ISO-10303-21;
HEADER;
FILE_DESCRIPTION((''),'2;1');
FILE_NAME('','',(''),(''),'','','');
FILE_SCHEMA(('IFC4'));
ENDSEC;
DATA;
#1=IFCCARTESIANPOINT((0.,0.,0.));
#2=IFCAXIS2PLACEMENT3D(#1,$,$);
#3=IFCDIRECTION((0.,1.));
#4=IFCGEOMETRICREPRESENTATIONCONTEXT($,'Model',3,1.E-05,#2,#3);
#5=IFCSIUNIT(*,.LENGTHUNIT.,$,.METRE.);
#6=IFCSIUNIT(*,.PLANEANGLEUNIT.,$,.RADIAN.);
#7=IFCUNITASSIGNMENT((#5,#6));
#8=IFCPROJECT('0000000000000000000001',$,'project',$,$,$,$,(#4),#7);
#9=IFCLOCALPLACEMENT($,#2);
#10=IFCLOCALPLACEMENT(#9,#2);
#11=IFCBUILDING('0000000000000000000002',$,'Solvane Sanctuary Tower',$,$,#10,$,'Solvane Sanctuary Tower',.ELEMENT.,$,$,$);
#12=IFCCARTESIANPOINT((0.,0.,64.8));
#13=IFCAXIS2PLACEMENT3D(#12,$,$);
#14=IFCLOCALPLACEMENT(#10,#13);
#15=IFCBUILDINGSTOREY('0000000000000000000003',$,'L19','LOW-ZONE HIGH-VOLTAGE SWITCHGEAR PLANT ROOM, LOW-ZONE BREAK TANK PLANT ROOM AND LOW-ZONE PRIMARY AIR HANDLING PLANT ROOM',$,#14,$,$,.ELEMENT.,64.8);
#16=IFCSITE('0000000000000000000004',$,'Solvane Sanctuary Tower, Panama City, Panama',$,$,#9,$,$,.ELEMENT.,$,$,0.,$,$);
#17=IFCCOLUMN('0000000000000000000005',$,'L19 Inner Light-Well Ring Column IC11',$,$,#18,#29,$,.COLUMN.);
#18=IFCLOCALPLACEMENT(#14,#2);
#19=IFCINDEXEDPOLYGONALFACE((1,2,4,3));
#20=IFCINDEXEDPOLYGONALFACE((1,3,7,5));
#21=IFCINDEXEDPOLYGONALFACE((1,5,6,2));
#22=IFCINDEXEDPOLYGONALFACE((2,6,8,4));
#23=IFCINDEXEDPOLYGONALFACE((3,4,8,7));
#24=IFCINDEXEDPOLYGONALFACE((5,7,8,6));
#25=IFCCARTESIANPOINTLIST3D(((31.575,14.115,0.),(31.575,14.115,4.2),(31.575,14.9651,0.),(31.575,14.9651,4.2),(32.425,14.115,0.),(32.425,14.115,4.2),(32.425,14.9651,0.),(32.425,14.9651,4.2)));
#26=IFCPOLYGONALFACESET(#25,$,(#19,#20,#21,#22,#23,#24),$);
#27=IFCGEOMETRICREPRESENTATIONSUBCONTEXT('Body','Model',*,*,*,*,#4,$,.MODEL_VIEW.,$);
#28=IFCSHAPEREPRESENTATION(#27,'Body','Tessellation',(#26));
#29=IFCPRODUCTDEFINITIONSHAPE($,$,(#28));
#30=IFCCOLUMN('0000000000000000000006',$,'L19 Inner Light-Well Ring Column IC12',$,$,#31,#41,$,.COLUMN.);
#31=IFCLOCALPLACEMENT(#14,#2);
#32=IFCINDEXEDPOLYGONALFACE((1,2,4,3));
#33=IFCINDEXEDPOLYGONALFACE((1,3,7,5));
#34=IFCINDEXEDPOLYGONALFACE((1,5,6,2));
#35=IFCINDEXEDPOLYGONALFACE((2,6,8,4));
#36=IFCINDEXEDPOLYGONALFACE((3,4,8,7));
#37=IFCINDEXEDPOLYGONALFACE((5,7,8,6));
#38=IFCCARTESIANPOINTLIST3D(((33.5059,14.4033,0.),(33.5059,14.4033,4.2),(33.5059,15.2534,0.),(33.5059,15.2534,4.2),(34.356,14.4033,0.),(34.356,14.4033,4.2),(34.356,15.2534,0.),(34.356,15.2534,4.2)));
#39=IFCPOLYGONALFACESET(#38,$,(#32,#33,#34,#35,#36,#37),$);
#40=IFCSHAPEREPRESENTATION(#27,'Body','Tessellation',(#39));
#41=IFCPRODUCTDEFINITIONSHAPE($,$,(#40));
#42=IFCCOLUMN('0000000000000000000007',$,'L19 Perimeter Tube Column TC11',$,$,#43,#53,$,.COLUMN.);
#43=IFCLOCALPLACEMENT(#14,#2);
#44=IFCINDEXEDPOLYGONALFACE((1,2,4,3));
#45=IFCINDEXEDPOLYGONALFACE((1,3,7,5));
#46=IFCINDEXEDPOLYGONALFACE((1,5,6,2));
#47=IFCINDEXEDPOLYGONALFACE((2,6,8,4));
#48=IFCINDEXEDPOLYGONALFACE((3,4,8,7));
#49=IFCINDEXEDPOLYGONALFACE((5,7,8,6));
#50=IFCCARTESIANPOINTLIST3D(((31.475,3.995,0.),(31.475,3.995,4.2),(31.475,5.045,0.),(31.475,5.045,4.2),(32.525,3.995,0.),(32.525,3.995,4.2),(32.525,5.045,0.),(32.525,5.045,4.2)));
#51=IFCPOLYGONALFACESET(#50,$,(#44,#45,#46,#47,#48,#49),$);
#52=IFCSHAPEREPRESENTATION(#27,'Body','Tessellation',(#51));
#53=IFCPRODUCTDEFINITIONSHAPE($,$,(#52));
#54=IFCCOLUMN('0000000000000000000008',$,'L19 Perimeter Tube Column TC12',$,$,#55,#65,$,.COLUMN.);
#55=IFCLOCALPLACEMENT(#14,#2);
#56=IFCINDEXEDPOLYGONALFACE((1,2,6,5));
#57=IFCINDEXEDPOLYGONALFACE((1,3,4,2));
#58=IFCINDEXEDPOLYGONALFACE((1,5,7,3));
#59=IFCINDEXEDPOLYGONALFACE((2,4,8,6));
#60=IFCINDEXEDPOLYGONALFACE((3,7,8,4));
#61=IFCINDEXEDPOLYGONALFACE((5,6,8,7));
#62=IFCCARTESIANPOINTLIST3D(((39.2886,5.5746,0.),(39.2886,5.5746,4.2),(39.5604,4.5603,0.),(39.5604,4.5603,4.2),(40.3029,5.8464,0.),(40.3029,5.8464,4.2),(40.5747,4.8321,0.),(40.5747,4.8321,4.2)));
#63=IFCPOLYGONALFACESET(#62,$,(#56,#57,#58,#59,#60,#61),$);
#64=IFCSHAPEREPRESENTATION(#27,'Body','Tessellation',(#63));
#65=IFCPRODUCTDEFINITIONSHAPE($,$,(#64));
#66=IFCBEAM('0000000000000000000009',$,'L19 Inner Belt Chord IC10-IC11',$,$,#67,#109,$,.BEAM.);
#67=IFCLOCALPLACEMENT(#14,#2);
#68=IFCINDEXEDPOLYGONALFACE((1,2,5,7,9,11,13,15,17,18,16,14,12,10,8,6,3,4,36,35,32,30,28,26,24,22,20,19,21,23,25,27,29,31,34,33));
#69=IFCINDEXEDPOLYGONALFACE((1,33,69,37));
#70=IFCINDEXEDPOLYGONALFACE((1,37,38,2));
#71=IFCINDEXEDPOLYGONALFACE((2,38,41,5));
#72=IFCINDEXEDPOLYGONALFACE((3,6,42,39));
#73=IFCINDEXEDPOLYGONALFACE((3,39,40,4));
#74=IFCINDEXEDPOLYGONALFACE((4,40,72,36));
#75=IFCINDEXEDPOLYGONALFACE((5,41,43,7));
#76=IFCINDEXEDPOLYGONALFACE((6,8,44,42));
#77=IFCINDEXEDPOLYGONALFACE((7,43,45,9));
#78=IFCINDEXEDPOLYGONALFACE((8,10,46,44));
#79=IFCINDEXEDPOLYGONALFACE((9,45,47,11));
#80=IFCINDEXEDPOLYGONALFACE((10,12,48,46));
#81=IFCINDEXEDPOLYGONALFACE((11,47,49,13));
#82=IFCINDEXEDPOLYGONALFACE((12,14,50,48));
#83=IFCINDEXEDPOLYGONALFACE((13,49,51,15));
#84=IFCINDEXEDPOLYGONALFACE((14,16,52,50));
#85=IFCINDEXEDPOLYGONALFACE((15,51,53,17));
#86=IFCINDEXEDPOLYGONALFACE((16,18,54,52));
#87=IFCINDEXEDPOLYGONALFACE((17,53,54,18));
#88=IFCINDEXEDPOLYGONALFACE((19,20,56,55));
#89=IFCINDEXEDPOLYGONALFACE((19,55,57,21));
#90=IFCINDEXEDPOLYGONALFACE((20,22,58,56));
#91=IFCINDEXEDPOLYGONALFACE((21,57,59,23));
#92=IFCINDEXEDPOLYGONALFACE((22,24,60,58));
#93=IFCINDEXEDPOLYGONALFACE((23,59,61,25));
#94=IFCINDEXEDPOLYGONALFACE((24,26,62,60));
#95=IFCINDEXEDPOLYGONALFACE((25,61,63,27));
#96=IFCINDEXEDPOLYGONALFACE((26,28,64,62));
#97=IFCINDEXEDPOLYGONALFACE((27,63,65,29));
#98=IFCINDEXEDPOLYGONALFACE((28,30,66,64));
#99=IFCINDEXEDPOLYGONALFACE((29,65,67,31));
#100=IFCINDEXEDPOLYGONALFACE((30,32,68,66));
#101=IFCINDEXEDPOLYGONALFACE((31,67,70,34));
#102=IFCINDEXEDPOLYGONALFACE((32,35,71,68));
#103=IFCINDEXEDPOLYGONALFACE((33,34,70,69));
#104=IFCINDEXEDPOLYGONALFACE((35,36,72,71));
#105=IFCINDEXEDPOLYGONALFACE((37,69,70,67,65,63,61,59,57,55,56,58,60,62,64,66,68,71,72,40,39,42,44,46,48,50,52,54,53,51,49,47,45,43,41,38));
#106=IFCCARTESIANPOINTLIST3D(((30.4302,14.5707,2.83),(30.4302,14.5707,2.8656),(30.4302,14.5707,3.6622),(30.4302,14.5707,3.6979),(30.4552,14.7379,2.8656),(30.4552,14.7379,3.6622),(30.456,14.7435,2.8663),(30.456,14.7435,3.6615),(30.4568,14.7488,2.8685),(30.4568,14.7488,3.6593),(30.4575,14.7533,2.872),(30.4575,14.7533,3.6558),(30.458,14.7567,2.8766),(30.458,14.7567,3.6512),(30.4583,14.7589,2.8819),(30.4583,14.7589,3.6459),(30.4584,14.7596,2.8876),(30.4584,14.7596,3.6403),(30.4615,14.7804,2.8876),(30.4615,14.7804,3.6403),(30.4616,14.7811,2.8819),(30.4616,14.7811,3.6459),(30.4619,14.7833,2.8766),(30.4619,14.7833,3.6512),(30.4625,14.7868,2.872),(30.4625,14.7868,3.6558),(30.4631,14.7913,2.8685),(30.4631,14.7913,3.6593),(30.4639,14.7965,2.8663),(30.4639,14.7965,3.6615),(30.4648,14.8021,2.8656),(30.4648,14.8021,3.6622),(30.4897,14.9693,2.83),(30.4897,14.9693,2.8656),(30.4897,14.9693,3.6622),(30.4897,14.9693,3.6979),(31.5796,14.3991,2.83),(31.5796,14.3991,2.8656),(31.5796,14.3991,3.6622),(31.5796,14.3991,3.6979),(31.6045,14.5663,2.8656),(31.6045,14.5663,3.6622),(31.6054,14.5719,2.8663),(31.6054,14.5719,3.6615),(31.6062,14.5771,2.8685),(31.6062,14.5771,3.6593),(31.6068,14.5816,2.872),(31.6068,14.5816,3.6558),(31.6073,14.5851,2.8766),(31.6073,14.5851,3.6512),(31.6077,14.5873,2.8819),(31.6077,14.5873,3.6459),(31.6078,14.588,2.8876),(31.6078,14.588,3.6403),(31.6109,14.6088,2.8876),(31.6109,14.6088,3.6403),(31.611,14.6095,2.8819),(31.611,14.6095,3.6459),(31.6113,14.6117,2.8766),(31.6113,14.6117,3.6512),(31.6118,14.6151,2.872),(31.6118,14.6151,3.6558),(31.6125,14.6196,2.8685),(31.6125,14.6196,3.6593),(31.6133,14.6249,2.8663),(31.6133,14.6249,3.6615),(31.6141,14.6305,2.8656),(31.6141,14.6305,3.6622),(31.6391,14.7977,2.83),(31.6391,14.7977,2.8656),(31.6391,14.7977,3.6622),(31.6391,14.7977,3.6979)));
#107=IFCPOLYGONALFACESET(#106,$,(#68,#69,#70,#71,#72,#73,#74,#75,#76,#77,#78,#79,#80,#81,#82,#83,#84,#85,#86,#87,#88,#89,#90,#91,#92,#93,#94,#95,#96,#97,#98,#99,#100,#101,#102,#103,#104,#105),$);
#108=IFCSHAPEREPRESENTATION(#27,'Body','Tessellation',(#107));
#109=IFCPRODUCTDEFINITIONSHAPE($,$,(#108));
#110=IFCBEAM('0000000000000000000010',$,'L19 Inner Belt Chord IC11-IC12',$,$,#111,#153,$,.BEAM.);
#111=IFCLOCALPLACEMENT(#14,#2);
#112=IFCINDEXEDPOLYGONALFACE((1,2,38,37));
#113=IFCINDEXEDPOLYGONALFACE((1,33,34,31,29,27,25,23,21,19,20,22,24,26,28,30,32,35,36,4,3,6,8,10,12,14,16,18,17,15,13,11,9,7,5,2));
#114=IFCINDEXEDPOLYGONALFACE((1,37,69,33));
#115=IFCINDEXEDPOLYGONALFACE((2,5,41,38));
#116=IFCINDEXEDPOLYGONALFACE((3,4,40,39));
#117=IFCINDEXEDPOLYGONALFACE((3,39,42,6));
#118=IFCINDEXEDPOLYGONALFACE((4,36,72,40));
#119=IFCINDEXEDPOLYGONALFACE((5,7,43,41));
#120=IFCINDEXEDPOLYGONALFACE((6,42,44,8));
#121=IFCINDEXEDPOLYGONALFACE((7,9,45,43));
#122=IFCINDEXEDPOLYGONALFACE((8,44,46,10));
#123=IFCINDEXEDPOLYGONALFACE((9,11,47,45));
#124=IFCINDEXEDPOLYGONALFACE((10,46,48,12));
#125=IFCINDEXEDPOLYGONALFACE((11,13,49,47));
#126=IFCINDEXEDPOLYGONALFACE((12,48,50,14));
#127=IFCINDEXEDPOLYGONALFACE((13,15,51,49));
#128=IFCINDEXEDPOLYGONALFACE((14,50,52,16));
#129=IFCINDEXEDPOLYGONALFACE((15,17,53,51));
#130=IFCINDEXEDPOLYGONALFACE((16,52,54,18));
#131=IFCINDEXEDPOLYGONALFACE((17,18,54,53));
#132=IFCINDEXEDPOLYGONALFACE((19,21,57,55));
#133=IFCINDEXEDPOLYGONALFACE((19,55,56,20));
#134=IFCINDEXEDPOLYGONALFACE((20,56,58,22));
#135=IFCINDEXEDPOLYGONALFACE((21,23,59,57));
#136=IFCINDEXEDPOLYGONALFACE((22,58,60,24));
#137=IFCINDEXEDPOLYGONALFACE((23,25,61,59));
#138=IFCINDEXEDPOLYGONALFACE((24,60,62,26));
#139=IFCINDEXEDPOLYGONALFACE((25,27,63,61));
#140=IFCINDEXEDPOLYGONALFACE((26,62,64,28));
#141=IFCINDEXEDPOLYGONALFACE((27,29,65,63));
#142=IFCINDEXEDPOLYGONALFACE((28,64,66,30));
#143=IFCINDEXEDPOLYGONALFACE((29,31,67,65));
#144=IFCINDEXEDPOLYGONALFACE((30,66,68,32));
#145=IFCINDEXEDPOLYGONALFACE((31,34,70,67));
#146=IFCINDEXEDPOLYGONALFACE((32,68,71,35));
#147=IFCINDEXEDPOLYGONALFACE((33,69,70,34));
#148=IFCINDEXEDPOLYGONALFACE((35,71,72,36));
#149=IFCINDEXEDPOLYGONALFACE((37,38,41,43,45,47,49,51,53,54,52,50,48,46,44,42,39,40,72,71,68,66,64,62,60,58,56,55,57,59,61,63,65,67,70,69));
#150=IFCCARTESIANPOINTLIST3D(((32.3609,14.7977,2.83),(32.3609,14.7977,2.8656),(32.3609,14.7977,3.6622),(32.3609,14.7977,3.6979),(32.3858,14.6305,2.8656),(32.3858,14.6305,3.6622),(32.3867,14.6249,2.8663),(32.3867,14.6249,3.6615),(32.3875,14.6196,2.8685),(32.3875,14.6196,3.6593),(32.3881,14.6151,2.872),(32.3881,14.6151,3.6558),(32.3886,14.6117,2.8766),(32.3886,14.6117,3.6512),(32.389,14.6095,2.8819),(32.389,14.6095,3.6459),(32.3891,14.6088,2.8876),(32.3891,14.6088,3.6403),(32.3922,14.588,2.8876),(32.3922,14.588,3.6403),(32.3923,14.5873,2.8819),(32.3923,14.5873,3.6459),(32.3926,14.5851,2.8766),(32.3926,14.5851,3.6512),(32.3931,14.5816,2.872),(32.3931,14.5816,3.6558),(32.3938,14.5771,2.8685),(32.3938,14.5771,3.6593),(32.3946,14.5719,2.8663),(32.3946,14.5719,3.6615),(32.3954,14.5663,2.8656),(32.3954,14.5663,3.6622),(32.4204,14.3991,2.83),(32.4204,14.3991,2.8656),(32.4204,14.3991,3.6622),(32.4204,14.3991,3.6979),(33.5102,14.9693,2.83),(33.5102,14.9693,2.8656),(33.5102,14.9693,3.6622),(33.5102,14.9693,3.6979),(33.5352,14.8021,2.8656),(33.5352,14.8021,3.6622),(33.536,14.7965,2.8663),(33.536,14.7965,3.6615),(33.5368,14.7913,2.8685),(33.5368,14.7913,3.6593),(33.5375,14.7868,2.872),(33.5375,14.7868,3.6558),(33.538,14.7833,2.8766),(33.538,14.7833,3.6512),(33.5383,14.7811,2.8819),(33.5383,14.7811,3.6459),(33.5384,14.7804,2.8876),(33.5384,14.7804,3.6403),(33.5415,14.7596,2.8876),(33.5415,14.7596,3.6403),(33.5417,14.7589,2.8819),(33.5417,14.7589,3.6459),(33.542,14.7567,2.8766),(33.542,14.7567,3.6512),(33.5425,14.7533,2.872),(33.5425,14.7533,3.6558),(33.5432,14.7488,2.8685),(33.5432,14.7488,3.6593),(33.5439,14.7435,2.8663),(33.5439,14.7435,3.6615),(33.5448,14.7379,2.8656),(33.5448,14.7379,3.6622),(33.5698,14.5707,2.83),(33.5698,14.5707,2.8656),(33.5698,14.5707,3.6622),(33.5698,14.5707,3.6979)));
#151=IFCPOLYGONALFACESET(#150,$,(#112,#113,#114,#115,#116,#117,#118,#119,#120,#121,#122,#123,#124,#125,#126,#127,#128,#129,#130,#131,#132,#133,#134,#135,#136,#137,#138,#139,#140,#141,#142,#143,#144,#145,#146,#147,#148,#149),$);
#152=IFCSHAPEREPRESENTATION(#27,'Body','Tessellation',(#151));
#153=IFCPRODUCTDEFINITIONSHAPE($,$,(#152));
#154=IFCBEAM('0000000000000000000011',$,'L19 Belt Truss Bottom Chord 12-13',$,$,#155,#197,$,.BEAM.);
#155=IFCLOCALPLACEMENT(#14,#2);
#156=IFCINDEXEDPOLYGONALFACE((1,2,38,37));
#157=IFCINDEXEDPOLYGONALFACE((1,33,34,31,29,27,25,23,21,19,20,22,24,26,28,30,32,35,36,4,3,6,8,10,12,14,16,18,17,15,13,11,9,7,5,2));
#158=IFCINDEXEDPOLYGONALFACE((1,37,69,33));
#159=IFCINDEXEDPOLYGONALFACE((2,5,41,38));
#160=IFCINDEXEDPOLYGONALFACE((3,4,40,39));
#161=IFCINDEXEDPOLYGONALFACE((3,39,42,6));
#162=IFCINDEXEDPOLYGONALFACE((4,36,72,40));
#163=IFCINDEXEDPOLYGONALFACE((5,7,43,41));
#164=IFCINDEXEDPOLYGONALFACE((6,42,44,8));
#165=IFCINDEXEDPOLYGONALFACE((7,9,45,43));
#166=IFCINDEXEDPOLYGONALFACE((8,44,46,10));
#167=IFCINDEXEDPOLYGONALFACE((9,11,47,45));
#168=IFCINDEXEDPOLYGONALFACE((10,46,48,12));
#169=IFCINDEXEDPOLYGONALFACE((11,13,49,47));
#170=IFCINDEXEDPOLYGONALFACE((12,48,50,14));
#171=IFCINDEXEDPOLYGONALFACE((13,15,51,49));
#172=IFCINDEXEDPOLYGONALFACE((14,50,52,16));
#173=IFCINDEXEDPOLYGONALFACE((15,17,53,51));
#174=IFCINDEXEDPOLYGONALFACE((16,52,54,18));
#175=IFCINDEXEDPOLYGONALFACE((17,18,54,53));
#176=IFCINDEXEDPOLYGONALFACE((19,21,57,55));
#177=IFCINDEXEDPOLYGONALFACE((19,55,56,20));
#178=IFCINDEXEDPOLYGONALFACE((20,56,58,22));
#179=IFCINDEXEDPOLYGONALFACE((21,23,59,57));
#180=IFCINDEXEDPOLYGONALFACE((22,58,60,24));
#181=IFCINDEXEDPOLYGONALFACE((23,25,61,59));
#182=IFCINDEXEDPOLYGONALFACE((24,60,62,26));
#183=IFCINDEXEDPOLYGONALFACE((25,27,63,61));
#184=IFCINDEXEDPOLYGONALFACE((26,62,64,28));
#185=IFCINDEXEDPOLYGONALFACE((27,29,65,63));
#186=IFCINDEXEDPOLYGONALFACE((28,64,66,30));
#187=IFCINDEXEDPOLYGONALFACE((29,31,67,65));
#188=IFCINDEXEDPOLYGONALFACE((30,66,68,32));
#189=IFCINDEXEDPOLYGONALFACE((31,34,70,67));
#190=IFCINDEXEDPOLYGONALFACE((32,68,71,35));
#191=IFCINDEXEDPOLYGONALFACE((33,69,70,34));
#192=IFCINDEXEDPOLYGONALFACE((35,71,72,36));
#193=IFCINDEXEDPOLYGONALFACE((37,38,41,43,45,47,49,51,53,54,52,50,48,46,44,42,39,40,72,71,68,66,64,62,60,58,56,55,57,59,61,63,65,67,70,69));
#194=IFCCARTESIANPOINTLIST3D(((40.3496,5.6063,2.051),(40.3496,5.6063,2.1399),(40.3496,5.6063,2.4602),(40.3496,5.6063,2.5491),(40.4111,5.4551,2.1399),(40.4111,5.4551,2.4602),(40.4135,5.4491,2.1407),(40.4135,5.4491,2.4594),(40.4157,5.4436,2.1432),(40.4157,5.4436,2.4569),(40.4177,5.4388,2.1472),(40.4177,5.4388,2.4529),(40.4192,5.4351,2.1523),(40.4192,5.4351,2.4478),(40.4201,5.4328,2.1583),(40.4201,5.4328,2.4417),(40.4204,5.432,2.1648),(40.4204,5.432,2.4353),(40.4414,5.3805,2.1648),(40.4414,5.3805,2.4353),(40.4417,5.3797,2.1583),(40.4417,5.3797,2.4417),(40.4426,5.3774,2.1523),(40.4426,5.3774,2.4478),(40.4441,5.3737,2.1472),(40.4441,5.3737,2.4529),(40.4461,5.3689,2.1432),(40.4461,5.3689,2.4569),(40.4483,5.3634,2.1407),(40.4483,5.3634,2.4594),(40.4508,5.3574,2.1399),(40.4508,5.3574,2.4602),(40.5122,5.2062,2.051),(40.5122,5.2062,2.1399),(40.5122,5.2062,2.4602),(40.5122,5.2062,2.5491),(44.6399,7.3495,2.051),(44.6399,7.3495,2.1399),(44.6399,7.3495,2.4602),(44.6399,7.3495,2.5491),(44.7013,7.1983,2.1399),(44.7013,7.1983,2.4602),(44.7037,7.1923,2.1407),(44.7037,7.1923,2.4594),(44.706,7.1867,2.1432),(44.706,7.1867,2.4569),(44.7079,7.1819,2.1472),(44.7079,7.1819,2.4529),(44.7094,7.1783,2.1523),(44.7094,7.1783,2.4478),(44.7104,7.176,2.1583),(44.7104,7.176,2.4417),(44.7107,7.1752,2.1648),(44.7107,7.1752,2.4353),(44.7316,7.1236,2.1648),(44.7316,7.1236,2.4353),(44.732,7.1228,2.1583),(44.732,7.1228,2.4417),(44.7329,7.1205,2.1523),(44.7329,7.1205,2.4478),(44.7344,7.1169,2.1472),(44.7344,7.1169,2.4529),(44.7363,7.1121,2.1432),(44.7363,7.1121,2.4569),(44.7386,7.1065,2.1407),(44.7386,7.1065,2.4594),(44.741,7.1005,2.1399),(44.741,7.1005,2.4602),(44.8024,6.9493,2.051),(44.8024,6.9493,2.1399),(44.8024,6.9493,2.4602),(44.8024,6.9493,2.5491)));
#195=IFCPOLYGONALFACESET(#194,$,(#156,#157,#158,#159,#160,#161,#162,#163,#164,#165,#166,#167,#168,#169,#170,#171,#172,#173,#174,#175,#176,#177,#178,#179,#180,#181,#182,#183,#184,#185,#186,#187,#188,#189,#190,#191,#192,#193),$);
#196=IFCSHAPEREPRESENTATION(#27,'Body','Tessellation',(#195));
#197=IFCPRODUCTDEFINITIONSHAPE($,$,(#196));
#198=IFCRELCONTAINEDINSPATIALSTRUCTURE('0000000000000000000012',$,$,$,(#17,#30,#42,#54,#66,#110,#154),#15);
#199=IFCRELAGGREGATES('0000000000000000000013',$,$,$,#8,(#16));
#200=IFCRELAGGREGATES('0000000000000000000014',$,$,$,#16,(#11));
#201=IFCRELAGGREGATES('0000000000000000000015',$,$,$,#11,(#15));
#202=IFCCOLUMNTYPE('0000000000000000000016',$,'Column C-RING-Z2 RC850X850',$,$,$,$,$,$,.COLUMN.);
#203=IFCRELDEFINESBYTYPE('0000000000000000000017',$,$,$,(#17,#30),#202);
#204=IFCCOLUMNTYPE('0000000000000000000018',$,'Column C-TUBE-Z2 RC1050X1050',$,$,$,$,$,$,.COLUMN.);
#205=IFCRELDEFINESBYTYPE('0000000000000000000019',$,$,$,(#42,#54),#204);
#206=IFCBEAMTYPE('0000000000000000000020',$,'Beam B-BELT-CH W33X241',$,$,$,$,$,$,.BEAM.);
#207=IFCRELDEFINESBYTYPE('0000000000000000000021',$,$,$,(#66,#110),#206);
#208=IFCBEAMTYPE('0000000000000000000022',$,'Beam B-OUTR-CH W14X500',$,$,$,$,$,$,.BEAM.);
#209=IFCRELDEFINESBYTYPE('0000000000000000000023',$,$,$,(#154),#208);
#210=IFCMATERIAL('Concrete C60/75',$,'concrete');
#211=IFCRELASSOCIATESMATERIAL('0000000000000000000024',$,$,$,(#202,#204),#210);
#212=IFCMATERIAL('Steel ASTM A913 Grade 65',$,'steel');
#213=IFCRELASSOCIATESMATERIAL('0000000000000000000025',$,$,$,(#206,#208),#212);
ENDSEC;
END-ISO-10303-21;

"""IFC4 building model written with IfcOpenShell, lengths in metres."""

from ifc_helpers import new_model, si_unit, direction, frame, origin, origin_2d, place, context, subcontext, project, spatial, rectangle, i_section, extrude, material, material_profile, profile_set, type_object, element, save


model = new_model("IFC4")

# Units and contexts
model_context = context("Model", 3, precision=1e-05, world=origin(), true_north=direction((0.0, 1.0)))
body_context = subcontext(model_context, "Body", "Model", "MODEL_VIEW")
ifc_project = project(units=[si_unit("LENGTHUNIT", "METRE"), si_unit("PLANEANGLEUNIT", "RADIAN")], contexts=[model_context])

# Site, building, storey
site_placement = place(None, origin())
site = spatial("IfcSite", under=ifc_project, at=site_placement, Name="Solvane Sanctuary Tower, Panama City, Panama", CompositionType="ELEMENT", RefElevation=0.0)
building_placement = place(site_placement, origin())
building = spatial("IfcBuilding", under=site, at=building_placement, Name="Solvane Sanctuary Tower", LongName="Solvane Sanctuary Tower", CompositionType="ELEMENT")
storey_placement = place(building_placement, frame((0.0, 0.0, 64.8)))
storey = spatial("IfcBuildingStorey", under=building, at=storey_placement, Name="L19", Description="LOW-ZONE HIGH-VOLTAGE SWITCHGEAR PLANT ROOM, LOW-ZONE BREAK TANK PLANT ROOM AND LOW-ZONE PRIMARY AIR HANDLING PLANT ROOM", CompositionType="ELEMENT", Elevation=64.8)

# Columns
ifc_material_1 = material(Name="Concrete C60/75", Category="concrete")
ifc_material_profile_1 = material_profile(ifc_material_1, rectangle(XDim=0.8501, YDim=0.8501, at=origin_2d()), Name="RC850X850")
ifc_profile_set_1 = profile_set([ifc_material_profile_1], Name="Concrete C60/75")
column_type_1 = type_object("IfcColumnType", Name="Column C-RING-Z2 RC850X850", PredefinedType="COLUMN", material=ifc_profile_set_1)
for number, where, z_axis, x_axis, name in (
    (1, (32.0, 14.54, 0.0), (0.0, 0.0, 1.0), (1.0, 0.0, 0.0), "L19 Inner Light-Well Ring Column IC11"),
    (2, (33.9309, 14.8284, 0.0), (0.0, 0.0, 1.0), (1.0, 0.0, 0.0), "L19 Inner Light-Well Ring Column IC12"),
):
    element("IfcColumn", number, at=place(storey_placement, frame(where, z_axis=z_axis, x_axis=x_axis)), inside=storey, type_object=column_type_1, Name=name, PredefinedType="COLUMN", context=body_context, shape_type="SweptSolid", body=[
        extrude(rectangle(XDim=0.8501, YDim=0.8501, at=origin_2d()), origin(), (0.0, 0.0, 1.0), 4.2),
    ])
ifc_material_profile_2 = material_profile(ifc_material_1, rectangle(XDim=1.05, YDim=1.05, at=origin_2d()), Name="RC1050X1050")
ifc_profile_set_2 = profile_set([ifc_material_profile_2], Name="Concrete C60/75")
column_type_2 = type_object("IfcColumnType", Name="Column C-TUBE-Z2 RC1050X1050", PredefinedType="COLUMN", material=ifc_profile_set_2)
for number, where, z_axis, x_axis, name in (
    (3, (32.0, 4.52, 0.0), (0.0, 0.0, 1.0), (0.0, -1.0, 0.0), "L19 Perimeter Tube Column TC11"),
    (4, (39.9316, 5.2034, 0.0), (0.0, 0.0, 1.0), (0.258819, -0.965926, 0.0), "L19 Perimeter Tube Column TC12"),
):
    element("IfcColumn", number, at=place(storey_placement, frame(where, z_axis=z_axis, x_axis=x_axis)), inside=storey, type_object=column_type_2, Name=name, PredefinedType="COLUMN", context=body_context, shape_type="SweptSolid", body=[
        extrude(rectangle(XDim=1.05, YDim=1.05, at=origin_2d()), origin(), (0.0, 0.0, 1.0), 4.2),
    ])

# Beams
ifc_material_2 = material(Name="Steel ASTM A913 Grade 65", Category="steel")
ifc_material_profile_3 = material_profile(ifc_material_2, i_section(OverallWidth=0.4031, OverallDepth=0.8679, WebThickness=0.021, FlangeThickness=0.0356, FilletRadius=0.022, at=origin_2d()), Name="W33X241")
ifc_profile_set_3 = profile_set([ifc_material_profile_3], Name="Steel ASTM A913 Grade 65")
beam_type_1 = type_object("IfcBeamType", Name="Beam B-BELT-CH W33X241", PredefinedType="BEAM", material=ifc_profile_set_3)
for number, where, z_axis, x_axis, name in (
    (5, (30.46, 14.77, 3.2639), (0.989035, -0.147683, 0.0), (0.147683, 0.989035, 0.0), "L19 Inner Belt Chord IC10-IC11"),
    (6, (32.3906, 14.5984, 3.2639), (0.989035, 0.147683, 0.0), (-0.147683, 0.989035, 0.0), "L19 Inner Belt Chord IC11-IC12"),
):
    element("IfcBeam", number, at=place(storey_placement, frame(where, z_axis=z_axis, x_axis=x_axis)), inside=storey, type_object=beam_type_1, Name=name, PredefinedType="BEAM", context=body_context, shape_type="SweptSolid", body=[
        extrude(i_section(OverallWidth=0.4031, OverallDepth=0.8679, WebThickness=0.021, FlangeThickness=0.0356, FilletRadius=0.022, at=origin_2d()), origin(), (0.0, 0.0, 1.0), 1.1621),
    ])
ifc_material_profile_4 = material_profile(ifc_material_2, i_section(OverallWidth=0.4319, OverallDepth=0.498, WebThickness=0.0557, FlangeThickness=0.0889, FilletRadius=0.0249, at=origin_2d()), Name="W14X500")
ifc_profile_set_4 = profile_set([ifc_material_profile_4], Name="Steel ASTM A913 Grade 65")
beam_type_2 = type_object("IfcBeamType", Name="Beam B-OUTR-CH W14X500", PredefinedType="BEAM", material=ifc_profile_set_4)
beam_1_placement = place(storey_placement, frame((40.4309, 5.4062, 2.3), z_axis=(0.926449, 0.376421, 0.0), x_axis=(-0.376421, 0.926449, 0.0)))
element("IfcBeam", 7, at=beam_1_placement, inside=storey, type_object=beam_type_2, Name="L19 Belt Truss Bottom Chord 12-13", PredefinedType="BEAM", context=body_context, shape_type="SweptSolid", body=[
    extrude(i_section(OverallWidth=0.4319, OverallDepth=0.498, WebThickness=0.0557, FlangeThickness=0.0889, FilletRadius=0.0249, at=origin_2d()), origin(), (0.0, 0.0, 1.0), 4.6309),
])

save(model, "model.ifc")
